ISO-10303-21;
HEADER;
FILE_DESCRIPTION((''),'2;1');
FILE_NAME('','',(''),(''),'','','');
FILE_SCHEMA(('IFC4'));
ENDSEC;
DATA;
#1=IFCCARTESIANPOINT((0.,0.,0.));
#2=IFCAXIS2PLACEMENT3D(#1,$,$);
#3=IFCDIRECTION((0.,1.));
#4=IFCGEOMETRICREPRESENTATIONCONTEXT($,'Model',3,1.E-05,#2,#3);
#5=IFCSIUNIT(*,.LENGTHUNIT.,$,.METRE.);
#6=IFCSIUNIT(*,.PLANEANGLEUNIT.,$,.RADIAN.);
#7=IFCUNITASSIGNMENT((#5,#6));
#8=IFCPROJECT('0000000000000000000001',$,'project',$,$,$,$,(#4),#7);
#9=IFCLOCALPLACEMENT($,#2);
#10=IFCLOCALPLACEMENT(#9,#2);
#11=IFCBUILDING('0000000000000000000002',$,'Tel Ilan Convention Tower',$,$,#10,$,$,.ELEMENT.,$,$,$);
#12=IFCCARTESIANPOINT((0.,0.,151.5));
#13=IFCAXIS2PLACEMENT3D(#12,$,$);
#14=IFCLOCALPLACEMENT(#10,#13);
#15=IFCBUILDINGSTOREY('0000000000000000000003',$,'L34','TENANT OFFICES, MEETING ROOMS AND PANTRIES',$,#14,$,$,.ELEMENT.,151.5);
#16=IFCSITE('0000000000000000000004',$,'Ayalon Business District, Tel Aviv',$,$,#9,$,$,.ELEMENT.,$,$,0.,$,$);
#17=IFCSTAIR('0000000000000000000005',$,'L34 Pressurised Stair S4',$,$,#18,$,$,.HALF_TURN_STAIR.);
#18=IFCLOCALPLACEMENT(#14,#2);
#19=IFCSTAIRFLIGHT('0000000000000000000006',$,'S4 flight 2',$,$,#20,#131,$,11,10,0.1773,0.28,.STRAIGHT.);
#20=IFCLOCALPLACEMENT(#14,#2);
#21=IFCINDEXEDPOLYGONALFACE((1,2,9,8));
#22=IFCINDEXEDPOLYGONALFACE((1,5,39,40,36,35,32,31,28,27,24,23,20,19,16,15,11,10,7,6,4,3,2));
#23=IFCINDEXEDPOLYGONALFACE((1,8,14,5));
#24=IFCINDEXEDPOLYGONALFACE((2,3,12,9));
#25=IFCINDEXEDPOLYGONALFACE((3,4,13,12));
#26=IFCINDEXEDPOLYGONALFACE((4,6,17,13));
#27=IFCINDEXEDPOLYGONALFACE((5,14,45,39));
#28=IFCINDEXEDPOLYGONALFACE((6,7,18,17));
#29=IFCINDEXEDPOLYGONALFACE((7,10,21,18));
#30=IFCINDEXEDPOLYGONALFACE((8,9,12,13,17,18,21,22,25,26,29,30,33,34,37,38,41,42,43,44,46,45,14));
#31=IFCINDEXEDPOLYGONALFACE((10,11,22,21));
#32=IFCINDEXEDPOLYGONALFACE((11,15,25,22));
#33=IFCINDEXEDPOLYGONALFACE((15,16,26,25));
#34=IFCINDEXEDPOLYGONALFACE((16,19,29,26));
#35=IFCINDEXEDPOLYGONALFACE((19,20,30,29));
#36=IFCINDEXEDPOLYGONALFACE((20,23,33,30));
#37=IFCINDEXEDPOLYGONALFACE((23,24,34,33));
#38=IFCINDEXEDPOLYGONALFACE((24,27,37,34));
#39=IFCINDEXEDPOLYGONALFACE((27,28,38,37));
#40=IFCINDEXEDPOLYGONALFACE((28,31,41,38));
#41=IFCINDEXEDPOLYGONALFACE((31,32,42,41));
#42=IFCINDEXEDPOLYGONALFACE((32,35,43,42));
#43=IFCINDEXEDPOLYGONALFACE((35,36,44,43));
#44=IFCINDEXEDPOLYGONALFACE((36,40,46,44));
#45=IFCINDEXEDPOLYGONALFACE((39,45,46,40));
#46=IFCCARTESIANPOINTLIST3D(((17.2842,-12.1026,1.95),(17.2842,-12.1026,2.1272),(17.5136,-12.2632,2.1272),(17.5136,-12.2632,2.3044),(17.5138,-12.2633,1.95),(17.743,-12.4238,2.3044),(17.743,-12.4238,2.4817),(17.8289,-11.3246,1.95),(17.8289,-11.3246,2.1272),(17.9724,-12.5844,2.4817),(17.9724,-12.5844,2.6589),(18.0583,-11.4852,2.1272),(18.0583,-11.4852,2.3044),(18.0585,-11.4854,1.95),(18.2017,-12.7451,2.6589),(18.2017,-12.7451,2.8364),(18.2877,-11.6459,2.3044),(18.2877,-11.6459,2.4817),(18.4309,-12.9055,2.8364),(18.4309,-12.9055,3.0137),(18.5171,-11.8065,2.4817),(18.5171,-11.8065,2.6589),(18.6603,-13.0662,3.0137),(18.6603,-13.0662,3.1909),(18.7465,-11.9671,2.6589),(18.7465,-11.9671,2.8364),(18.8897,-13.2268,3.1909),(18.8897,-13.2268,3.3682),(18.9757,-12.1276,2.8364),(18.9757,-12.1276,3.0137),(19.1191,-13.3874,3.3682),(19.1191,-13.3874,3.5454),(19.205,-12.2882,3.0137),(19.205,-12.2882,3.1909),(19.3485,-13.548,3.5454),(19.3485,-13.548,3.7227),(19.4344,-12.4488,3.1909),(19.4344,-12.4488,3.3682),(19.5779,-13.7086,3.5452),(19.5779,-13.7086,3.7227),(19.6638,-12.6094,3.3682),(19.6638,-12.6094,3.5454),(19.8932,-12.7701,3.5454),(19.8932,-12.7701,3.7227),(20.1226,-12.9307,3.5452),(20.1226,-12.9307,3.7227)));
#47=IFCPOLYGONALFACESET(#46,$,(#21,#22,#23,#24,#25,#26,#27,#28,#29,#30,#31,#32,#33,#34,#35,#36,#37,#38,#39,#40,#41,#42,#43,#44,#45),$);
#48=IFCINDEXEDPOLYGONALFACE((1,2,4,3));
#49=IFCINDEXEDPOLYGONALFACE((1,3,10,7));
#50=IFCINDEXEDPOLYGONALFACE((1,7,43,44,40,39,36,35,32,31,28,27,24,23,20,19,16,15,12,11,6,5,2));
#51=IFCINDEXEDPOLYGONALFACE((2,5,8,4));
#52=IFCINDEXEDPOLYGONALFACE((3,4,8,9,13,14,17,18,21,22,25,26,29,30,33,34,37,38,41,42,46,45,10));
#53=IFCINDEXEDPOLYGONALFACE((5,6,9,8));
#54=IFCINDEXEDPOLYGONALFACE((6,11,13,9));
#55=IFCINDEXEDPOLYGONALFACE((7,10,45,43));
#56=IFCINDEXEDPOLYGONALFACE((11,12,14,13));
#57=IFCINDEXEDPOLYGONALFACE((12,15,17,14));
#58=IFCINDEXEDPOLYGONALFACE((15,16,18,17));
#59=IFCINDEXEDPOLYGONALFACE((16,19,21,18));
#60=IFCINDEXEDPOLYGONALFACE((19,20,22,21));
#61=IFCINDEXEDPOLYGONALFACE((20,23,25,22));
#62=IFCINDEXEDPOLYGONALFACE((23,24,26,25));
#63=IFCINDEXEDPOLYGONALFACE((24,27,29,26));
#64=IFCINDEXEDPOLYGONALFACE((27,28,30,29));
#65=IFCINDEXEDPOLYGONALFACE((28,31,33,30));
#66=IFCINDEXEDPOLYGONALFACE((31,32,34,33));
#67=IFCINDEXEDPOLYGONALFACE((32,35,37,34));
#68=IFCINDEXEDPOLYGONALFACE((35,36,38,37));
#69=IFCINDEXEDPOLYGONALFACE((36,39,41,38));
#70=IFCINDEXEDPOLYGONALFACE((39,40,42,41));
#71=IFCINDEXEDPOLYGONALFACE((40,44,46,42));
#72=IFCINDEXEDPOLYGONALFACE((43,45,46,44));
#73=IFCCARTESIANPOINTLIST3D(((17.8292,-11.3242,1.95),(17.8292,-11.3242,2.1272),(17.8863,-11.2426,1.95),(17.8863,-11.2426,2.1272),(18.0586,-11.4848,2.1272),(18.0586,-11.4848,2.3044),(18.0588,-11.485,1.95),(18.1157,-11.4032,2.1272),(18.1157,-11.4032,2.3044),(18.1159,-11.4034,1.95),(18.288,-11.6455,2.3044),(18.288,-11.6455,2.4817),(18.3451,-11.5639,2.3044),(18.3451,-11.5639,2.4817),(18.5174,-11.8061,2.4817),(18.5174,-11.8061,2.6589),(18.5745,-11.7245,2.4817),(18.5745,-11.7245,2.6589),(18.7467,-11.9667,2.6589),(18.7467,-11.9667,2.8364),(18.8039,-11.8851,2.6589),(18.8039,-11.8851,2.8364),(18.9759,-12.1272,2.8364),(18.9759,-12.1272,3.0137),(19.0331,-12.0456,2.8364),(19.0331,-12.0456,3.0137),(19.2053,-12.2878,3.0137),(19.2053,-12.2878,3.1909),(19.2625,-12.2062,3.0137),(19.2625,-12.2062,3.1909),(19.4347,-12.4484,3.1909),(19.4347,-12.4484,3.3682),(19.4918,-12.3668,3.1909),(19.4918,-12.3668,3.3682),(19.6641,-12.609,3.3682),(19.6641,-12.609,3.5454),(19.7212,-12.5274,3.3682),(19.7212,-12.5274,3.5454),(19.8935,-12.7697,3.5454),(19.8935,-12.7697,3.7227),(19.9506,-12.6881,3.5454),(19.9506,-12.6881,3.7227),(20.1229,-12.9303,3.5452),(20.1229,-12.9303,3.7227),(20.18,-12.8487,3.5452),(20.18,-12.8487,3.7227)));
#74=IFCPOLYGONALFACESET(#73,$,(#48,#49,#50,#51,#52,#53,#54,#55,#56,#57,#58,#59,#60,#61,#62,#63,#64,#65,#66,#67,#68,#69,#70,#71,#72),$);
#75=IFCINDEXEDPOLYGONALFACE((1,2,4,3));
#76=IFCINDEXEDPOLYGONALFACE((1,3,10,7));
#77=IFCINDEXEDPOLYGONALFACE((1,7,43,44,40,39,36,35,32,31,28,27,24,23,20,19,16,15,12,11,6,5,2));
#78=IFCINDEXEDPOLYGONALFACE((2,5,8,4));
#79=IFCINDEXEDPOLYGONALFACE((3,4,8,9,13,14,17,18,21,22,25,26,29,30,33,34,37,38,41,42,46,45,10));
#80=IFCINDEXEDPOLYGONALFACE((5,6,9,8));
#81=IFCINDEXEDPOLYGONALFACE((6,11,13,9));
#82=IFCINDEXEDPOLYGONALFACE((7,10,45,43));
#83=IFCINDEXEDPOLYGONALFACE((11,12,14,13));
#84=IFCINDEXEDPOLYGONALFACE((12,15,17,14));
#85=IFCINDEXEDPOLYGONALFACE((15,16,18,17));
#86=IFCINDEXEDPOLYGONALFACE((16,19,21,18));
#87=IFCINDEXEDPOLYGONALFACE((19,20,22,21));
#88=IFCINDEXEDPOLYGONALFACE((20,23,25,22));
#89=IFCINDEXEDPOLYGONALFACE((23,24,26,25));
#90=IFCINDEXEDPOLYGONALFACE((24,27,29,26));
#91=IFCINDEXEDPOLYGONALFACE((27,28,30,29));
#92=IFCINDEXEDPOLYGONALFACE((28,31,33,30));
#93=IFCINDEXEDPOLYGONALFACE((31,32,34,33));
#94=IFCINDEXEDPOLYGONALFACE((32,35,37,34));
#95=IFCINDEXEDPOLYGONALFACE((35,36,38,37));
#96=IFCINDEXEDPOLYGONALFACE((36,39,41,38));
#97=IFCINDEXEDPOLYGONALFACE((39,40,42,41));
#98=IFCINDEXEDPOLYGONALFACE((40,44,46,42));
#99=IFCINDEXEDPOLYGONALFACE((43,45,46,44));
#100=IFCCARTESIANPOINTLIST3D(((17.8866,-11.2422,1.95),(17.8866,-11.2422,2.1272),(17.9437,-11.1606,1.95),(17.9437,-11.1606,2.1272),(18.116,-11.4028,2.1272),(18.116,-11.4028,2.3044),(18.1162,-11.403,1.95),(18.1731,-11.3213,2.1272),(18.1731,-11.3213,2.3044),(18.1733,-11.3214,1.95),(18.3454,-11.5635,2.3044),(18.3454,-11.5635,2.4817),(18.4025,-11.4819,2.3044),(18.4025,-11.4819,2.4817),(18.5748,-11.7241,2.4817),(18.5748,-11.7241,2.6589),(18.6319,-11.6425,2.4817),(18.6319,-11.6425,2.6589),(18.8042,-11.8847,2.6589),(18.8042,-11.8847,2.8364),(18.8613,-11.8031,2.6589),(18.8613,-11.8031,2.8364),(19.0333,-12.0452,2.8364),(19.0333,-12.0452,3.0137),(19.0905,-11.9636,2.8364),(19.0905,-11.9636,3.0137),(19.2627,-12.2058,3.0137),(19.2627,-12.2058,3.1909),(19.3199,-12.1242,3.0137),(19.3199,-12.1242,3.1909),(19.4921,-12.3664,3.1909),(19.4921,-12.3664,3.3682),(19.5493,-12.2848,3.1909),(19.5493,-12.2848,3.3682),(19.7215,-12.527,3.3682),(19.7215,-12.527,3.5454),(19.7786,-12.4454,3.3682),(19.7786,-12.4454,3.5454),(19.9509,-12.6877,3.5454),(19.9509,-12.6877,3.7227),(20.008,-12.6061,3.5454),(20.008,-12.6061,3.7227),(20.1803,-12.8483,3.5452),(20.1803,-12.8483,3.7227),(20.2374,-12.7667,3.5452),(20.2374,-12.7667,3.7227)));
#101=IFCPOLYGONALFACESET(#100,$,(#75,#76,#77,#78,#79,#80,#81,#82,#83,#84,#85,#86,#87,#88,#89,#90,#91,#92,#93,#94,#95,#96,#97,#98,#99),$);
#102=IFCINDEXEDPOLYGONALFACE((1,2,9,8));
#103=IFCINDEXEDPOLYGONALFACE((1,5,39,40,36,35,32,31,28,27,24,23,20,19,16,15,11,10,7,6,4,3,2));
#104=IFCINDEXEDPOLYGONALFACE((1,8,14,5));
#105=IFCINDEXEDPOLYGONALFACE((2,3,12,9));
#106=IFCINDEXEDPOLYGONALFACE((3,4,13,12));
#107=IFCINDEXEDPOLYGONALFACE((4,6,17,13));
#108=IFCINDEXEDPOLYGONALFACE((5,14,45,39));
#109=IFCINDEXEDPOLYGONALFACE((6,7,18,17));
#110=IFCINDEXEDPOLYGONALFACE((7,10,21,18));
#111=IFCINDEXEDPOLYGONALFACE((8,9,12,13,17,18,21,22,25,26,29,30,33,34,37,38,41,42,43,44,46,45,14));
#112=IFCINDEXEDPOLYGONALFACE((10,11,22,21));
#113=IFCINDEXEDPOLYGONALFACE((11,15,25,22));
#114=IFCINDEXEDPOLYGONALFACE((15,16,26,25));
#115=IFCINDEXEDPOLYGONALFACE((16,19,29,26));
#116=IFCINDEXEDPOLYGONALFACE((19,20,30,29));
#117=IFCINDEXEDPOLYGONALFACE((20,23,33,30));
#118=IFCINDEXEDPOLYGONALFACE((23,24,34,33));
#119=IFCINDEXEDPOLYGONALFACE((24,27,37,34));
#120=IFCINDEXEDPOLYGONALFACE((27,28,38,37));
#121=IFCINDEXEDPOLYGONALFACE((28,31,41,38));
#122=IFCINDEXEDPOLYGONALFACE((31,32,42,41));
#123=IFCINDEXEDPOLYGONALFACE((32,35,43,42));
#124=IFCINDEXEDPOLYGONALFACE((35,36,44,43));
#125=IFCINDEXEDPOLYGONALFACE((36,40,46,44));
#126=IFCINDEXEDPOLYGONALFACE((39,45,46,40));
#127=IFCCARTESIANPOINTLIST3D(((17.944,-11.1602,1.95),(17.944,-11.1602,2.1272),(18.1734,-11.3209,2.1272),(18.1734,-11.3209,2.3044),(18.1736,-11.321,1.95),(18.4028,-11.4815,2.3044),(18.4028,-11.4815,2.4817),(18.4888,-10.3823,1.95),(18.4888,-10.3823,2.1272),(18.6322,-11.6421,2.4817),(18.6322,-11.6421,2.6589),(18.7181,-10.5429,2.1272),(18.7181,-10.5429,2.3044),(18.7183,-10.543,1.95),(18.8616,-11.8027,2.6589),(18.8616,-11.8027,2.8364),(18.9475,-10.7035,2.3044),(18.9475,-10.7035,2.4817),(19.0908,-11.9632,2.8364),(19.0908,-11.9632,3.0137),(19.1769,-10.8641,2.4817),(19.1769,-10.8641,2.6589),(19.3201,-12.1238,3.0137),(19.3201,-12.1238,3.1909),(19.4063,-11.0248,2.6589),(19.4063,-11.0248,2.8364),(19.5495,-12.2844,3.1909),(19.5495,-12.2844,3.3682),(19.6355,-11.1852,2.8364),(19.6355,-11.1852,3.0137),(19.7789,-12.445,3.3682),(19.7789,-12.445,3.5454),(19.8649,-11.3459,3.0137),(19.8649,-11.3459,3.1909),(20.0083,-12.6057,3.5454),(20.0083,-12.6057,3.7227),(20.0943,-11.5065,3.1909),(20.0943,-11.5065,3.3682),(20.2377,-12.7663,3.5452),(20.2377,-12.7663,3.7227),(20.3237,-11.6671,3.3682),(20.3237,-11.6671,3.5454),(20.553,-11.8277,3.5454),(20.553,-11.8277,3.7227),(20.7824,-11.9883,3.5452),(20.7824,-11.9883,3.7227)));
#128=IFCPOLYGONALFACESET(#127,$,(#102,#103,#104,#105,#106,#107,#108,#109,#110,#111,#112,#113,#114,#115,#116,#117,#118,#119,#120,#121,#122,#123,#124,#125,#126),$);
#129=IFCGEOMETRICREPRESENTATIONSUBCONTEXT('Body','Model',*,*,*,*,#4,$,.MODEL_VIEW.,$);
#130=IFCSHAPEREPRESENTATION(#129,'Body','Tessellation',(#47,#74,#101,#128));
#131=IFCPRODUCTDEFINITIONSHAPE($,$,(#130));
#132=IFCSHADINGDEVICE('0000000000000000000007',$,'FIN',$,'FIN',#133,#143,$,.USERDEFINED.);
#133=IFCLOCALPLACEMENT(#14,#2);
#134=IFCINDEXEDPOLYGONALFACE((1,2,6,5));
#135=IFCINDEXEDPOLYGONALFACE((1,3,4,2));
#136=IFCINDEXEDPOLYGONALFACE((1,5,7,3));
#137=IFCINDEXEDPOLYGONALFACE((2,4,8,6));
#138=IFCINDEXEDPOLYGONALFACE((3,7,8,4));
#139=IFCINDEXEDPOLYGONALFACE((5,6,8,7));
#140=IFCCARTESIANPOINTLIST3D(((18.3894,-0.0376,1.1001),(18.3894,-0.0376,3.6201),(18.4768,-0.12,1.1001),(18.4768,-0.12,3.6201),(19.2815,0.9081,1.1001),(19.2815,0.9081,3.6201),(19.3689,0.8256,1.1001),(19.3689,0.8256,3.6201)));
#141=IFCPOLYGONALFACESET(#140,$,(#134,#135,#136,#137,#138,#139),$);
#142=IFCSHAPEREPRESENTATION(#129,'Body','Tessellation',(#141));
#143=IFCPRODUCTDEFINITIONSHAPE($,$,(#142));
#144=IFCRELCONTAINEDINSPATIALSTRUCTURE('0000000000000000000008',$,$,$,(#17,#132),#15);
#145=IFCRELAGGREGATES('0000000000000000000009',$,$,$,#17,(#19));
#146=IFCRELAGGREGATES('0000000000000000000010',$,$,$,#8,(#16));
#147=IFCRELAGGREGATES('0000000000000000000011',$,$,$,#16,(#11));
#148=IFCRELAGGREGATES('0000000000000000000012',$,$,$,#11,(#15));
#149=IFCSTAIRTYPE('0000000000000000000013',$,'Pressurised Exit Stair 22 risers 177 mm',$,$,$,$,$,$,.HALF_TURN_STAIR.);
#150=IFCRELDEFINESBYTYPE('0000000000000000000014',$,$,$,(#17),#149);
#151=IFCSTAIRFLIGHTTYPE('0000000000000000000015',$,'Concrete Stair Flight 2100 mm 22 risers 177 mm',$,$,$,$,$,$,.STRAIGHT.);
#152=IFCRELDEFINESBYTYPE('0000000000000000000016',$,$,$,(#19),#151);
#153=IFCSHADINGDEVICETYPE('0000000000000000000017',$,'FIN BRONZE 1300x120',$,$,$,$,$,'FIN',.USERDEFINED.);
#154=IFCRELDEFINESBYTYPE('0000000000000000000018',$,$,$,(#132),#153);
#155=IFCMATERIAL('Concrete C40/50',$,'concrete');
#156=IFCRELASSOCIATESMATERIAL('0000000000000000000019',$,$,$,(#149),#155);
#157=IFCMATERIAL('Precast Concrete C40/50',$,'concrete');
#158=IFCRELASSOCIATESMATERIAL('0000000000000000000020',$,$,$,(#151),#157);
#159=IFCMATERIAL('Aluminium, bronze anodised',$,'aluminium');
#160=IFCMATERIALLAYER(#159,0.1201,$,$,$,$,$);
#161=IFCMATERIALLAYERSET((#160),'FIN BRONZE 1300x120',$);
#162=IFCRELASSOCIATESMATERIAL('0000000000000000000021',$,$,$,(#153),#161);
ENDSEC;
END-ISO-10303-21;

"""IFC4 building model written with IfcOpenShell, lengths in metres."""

from ifc_helpers import new_model, si_unit, direction, frame, origin, origin_2d, place, context, subcontext, project, spatial, polyline, rectangle, outline, extrude, material, layer, layer_set, type_object, element, aggregate, save


model = new_model("IFC4")

# Units and contexts
model_context = context("Model", 3, precision=1e-05, world=origin(), true_north=direction((0.0, 1.0)))
body_context = subcontext(model_context, "Body", "Model", "MODEL_VIEW")
ifc_project = project(units=[si_unit("LENGTHUNIT", "METRE"), si_unit("PLANEANGLEUNIT", "RADIAN")], contexts=[model_context])

# Site, building, storey
site_placement = place(None, origin())
site = spatial("IfcSite", under=ifc_project, at=site_placement, Name="Ayalon Business District, Tel Aviv", CompositionType="ELEMENT", RefElevation=0.0)
building_placement = place(site_placement, origin())
building = spatial("IfcBuilding", under=site, at=building_placement, Name="Tel Ilan Convention Tower", CompositionType="ELEMENT")
storey_placement = place(building_placement, frame((0.0, 0.0, 151.5)))
storey = spatial("IfcBuildingStorey", under=building, at=storey_placement, Name="L34", Description="TENANT OFFICES, MEETING ROOMS AND PANTRIES", CompositionType="ELEMENT", Elevation=151.5)

# Shared definitions
ifc_material_1 = material(Name="Concrete C40/50", Category="concrete")
stair_type = type_object("IfcStairType", Name="Pressurised Exit Stair 22 risers 177 mm", PredefinedType="HALF_TURN_STAIR", material=ifc_material_1)
ifc_material_2 = material(Name="Precast Concrete C40/50", Category="concrete")
stair_flight_type = type_object("IfcStairFlightType", Name="Concrete Stair Flight 2100 mm 22 risers 177 mm", PredefinedType="STRAIGHT", material=ifc_material_2)

# Stair, stair flight
stair_1_placement = place(storey_placement, origin())
stair_1 = element("IfcStair", 1, at=stair_1_placement, inside=storey, type_object=stair_type, Name="L34 Pressurised Stair S4", PredefinedType="HALF_TURN_STAIR")
stair_flight_1_placement = place(storey_placement, frame((17.8865, -11.2424, 1.95), z_axis=(0.0, 0.0, 1.0), x_axis=(0.819152, -0.573576, 0.0)))
stair_flight_1 = element("IfcStairFlight", 2, at=stair_flight_1_placement, type_object=stair_flight_type, Name="S4 flight 2", NumberOfRisers=11, NumberOfTreads=10, PredefinedType="STRAIGHT", RiserHeight=0.1773, TreadLength=0.28, context=body_context, shape_type="SweptSolid", body=[
    extrude(outline(polyline([(0.0, 0.0), (0.0, 0.1772), (0.28, 0.1772), (0.28, 0.3545), (0.5601, 0.3545), (0.5601, 0.5317), (0.8401, 0.5317), (0.8401, 0.709), (1.1201, 0.709), (1.1201, 0.8865), (1.3999, 0.8865), (1.3999, 1.0637), (1.6799, 1.0637), (1.6799, 1.241), (1.96, 1.241), (1.96, 1.4182), (2.24, 1.4182), (2.24, 1.5955), (2.52, 1.5955), (2.52, 1.7727), (2.8, 1.7727), (2.8, 1.95), (2.8, 1.5952), (0.2803, 0.0), (0.0, 0.0)])), frame((0.0, -0.1003, 0.0), z_axis=(0.0, -1.0, 0.0), x_axis=(1.0, 0.0, 0.0)), (0.0, 0.0, 1.0), 0.9497),
    extrude(outline(polyline([(0.0, 0.0), (0.0, 0.1772), (0.28, 0.1772), (0.28, 0.3545), (0.5601, 0.3545), (0.5601, 0.5317), (0.8401, 0.5317), (0.8401, 0.709), (1.1201, 0.709), (1.1201, 0.8865), (1.3999, 0.8865), (1.3999, 1.0637), (1.6799, 1.0637), (1.6799, 1.241), (1.96, 1.241), (1.96, 1.4182), (2.24, 1.4182), (2.24, 1.5955), (2.52, 1.5955), (2.52, 1.7727), (2.8, 1.7727), (2.8, 1.95), (2.8, 1.5952), (0.2803, 0.0), (0.0, 0.0)])), frame((0.0, -0.0002, 0.0), z_axis=(0.0, -1.0, 0.0), x_axis=(1.0, 0.0, 0.0)), (0.0, 0.0, 1.0), 0.0996),
    extrude(outline(polyline([(0.0, 0.0), (0.0, 0.1772), (0.28, 0.1772), (0.28, 0.3545), (0.5601, 0.3545), (0.5601, 0.5317), (0.8401, 0.5317), (0.8401, 0.709), (1.1201, 0.709), (1.1201, 0.8865), (1.3999, 0.8865), (1.3999, 1.0637), (1.6799, 1.0637), (1.6799, 1.241), (1.96, 1.241), (1.96, 1.4182), (2.24, 1.4182), (2.24, 1.5955), (2.52, 1.5955), (2.52, 1.7727), (2.8, 1.7727), (2.8, 1.95), (2.8, 1.5952), (0.2803, 0.0), (0.0, 0.0)])), frame((0.0, 0.0999, 0.0), z_axis=(0.0, -1.0, 0.0), x_axis=(1.0, 0.0, 0.0)), (0.0, 0.0, 1.0), 0.0996),
    extrude(outline(polyline([(0.0, 0.0), (0.0, 0.1772), (0.28, 0.1772), (0.28, 0.3545), (0.5601, 0.3545), (0.5601, 0.5317), (0.8401, 0.5317), (0.8401, 0.709), (1.1201, 0.709), (1.1201, 0.8865), (1.3999, 0.8865), (1.3999, 1.0637), (1.6799, 1.0637), (1.6799, 1.241), (1.96, 1.241), (1.96, 1.4182), (2.24, 1.4182), (2.24, 1.5955), (2.52, 1.5955), (2.52, 1.7727), (2.8, 1.7727), (2.8, 1.95), (2.8, 1.5952), (0.2803, 0.0), (0.0, 0.0)])), frame((0.0, 1.05, 0.0), z_axis=(0.0, -1.0, 0.0), x_axis=(1.0, 0.0, 0.0)), (0.0, 0.0, 1.0), 0.9497),
])
aggregate(stair_1, [stair_flight_1])

# Shading device
ifc_material_3 = material(Name="Aluminium, bronze anodised", Category="aluminium")
ifc_layer_1 = layer(ifc_material_3, 0.1201)
ifc_layer_set_1 = layer_set([ifc_layer_1], Name="FIN BRONZE 1300x120")
shading_device_type = type_object("IfcShadingDeviceType", Name="FIN BRONZE 1300x120", ElementType="FIN", PredefinedType="USERDEFINED", material=ifc_layer_set_1)
shading_device_placement = place(storey_placement, frame((18.8792, 0.394, 1.1001), z_axis=(0.0, 0.0, 1.0), x_axis=(0.686242, 0.727374, 0.0)))
element("IfcShadingDevice", 3, at=shading_device_placement, inside=storey, type_object=shading_device_type, Name="FIN", ObjectType="FIN", PredefinedType="USERDEFINED", context=body_context, shape_type="SweptSolid", body=[
    extrude(rectangle(XDim=1.3, YDim=0.1201, at=origin_2d()), origin(), (0.0, 0.0, 1.0), 2.52),
])

save(model, "model.ifc")
